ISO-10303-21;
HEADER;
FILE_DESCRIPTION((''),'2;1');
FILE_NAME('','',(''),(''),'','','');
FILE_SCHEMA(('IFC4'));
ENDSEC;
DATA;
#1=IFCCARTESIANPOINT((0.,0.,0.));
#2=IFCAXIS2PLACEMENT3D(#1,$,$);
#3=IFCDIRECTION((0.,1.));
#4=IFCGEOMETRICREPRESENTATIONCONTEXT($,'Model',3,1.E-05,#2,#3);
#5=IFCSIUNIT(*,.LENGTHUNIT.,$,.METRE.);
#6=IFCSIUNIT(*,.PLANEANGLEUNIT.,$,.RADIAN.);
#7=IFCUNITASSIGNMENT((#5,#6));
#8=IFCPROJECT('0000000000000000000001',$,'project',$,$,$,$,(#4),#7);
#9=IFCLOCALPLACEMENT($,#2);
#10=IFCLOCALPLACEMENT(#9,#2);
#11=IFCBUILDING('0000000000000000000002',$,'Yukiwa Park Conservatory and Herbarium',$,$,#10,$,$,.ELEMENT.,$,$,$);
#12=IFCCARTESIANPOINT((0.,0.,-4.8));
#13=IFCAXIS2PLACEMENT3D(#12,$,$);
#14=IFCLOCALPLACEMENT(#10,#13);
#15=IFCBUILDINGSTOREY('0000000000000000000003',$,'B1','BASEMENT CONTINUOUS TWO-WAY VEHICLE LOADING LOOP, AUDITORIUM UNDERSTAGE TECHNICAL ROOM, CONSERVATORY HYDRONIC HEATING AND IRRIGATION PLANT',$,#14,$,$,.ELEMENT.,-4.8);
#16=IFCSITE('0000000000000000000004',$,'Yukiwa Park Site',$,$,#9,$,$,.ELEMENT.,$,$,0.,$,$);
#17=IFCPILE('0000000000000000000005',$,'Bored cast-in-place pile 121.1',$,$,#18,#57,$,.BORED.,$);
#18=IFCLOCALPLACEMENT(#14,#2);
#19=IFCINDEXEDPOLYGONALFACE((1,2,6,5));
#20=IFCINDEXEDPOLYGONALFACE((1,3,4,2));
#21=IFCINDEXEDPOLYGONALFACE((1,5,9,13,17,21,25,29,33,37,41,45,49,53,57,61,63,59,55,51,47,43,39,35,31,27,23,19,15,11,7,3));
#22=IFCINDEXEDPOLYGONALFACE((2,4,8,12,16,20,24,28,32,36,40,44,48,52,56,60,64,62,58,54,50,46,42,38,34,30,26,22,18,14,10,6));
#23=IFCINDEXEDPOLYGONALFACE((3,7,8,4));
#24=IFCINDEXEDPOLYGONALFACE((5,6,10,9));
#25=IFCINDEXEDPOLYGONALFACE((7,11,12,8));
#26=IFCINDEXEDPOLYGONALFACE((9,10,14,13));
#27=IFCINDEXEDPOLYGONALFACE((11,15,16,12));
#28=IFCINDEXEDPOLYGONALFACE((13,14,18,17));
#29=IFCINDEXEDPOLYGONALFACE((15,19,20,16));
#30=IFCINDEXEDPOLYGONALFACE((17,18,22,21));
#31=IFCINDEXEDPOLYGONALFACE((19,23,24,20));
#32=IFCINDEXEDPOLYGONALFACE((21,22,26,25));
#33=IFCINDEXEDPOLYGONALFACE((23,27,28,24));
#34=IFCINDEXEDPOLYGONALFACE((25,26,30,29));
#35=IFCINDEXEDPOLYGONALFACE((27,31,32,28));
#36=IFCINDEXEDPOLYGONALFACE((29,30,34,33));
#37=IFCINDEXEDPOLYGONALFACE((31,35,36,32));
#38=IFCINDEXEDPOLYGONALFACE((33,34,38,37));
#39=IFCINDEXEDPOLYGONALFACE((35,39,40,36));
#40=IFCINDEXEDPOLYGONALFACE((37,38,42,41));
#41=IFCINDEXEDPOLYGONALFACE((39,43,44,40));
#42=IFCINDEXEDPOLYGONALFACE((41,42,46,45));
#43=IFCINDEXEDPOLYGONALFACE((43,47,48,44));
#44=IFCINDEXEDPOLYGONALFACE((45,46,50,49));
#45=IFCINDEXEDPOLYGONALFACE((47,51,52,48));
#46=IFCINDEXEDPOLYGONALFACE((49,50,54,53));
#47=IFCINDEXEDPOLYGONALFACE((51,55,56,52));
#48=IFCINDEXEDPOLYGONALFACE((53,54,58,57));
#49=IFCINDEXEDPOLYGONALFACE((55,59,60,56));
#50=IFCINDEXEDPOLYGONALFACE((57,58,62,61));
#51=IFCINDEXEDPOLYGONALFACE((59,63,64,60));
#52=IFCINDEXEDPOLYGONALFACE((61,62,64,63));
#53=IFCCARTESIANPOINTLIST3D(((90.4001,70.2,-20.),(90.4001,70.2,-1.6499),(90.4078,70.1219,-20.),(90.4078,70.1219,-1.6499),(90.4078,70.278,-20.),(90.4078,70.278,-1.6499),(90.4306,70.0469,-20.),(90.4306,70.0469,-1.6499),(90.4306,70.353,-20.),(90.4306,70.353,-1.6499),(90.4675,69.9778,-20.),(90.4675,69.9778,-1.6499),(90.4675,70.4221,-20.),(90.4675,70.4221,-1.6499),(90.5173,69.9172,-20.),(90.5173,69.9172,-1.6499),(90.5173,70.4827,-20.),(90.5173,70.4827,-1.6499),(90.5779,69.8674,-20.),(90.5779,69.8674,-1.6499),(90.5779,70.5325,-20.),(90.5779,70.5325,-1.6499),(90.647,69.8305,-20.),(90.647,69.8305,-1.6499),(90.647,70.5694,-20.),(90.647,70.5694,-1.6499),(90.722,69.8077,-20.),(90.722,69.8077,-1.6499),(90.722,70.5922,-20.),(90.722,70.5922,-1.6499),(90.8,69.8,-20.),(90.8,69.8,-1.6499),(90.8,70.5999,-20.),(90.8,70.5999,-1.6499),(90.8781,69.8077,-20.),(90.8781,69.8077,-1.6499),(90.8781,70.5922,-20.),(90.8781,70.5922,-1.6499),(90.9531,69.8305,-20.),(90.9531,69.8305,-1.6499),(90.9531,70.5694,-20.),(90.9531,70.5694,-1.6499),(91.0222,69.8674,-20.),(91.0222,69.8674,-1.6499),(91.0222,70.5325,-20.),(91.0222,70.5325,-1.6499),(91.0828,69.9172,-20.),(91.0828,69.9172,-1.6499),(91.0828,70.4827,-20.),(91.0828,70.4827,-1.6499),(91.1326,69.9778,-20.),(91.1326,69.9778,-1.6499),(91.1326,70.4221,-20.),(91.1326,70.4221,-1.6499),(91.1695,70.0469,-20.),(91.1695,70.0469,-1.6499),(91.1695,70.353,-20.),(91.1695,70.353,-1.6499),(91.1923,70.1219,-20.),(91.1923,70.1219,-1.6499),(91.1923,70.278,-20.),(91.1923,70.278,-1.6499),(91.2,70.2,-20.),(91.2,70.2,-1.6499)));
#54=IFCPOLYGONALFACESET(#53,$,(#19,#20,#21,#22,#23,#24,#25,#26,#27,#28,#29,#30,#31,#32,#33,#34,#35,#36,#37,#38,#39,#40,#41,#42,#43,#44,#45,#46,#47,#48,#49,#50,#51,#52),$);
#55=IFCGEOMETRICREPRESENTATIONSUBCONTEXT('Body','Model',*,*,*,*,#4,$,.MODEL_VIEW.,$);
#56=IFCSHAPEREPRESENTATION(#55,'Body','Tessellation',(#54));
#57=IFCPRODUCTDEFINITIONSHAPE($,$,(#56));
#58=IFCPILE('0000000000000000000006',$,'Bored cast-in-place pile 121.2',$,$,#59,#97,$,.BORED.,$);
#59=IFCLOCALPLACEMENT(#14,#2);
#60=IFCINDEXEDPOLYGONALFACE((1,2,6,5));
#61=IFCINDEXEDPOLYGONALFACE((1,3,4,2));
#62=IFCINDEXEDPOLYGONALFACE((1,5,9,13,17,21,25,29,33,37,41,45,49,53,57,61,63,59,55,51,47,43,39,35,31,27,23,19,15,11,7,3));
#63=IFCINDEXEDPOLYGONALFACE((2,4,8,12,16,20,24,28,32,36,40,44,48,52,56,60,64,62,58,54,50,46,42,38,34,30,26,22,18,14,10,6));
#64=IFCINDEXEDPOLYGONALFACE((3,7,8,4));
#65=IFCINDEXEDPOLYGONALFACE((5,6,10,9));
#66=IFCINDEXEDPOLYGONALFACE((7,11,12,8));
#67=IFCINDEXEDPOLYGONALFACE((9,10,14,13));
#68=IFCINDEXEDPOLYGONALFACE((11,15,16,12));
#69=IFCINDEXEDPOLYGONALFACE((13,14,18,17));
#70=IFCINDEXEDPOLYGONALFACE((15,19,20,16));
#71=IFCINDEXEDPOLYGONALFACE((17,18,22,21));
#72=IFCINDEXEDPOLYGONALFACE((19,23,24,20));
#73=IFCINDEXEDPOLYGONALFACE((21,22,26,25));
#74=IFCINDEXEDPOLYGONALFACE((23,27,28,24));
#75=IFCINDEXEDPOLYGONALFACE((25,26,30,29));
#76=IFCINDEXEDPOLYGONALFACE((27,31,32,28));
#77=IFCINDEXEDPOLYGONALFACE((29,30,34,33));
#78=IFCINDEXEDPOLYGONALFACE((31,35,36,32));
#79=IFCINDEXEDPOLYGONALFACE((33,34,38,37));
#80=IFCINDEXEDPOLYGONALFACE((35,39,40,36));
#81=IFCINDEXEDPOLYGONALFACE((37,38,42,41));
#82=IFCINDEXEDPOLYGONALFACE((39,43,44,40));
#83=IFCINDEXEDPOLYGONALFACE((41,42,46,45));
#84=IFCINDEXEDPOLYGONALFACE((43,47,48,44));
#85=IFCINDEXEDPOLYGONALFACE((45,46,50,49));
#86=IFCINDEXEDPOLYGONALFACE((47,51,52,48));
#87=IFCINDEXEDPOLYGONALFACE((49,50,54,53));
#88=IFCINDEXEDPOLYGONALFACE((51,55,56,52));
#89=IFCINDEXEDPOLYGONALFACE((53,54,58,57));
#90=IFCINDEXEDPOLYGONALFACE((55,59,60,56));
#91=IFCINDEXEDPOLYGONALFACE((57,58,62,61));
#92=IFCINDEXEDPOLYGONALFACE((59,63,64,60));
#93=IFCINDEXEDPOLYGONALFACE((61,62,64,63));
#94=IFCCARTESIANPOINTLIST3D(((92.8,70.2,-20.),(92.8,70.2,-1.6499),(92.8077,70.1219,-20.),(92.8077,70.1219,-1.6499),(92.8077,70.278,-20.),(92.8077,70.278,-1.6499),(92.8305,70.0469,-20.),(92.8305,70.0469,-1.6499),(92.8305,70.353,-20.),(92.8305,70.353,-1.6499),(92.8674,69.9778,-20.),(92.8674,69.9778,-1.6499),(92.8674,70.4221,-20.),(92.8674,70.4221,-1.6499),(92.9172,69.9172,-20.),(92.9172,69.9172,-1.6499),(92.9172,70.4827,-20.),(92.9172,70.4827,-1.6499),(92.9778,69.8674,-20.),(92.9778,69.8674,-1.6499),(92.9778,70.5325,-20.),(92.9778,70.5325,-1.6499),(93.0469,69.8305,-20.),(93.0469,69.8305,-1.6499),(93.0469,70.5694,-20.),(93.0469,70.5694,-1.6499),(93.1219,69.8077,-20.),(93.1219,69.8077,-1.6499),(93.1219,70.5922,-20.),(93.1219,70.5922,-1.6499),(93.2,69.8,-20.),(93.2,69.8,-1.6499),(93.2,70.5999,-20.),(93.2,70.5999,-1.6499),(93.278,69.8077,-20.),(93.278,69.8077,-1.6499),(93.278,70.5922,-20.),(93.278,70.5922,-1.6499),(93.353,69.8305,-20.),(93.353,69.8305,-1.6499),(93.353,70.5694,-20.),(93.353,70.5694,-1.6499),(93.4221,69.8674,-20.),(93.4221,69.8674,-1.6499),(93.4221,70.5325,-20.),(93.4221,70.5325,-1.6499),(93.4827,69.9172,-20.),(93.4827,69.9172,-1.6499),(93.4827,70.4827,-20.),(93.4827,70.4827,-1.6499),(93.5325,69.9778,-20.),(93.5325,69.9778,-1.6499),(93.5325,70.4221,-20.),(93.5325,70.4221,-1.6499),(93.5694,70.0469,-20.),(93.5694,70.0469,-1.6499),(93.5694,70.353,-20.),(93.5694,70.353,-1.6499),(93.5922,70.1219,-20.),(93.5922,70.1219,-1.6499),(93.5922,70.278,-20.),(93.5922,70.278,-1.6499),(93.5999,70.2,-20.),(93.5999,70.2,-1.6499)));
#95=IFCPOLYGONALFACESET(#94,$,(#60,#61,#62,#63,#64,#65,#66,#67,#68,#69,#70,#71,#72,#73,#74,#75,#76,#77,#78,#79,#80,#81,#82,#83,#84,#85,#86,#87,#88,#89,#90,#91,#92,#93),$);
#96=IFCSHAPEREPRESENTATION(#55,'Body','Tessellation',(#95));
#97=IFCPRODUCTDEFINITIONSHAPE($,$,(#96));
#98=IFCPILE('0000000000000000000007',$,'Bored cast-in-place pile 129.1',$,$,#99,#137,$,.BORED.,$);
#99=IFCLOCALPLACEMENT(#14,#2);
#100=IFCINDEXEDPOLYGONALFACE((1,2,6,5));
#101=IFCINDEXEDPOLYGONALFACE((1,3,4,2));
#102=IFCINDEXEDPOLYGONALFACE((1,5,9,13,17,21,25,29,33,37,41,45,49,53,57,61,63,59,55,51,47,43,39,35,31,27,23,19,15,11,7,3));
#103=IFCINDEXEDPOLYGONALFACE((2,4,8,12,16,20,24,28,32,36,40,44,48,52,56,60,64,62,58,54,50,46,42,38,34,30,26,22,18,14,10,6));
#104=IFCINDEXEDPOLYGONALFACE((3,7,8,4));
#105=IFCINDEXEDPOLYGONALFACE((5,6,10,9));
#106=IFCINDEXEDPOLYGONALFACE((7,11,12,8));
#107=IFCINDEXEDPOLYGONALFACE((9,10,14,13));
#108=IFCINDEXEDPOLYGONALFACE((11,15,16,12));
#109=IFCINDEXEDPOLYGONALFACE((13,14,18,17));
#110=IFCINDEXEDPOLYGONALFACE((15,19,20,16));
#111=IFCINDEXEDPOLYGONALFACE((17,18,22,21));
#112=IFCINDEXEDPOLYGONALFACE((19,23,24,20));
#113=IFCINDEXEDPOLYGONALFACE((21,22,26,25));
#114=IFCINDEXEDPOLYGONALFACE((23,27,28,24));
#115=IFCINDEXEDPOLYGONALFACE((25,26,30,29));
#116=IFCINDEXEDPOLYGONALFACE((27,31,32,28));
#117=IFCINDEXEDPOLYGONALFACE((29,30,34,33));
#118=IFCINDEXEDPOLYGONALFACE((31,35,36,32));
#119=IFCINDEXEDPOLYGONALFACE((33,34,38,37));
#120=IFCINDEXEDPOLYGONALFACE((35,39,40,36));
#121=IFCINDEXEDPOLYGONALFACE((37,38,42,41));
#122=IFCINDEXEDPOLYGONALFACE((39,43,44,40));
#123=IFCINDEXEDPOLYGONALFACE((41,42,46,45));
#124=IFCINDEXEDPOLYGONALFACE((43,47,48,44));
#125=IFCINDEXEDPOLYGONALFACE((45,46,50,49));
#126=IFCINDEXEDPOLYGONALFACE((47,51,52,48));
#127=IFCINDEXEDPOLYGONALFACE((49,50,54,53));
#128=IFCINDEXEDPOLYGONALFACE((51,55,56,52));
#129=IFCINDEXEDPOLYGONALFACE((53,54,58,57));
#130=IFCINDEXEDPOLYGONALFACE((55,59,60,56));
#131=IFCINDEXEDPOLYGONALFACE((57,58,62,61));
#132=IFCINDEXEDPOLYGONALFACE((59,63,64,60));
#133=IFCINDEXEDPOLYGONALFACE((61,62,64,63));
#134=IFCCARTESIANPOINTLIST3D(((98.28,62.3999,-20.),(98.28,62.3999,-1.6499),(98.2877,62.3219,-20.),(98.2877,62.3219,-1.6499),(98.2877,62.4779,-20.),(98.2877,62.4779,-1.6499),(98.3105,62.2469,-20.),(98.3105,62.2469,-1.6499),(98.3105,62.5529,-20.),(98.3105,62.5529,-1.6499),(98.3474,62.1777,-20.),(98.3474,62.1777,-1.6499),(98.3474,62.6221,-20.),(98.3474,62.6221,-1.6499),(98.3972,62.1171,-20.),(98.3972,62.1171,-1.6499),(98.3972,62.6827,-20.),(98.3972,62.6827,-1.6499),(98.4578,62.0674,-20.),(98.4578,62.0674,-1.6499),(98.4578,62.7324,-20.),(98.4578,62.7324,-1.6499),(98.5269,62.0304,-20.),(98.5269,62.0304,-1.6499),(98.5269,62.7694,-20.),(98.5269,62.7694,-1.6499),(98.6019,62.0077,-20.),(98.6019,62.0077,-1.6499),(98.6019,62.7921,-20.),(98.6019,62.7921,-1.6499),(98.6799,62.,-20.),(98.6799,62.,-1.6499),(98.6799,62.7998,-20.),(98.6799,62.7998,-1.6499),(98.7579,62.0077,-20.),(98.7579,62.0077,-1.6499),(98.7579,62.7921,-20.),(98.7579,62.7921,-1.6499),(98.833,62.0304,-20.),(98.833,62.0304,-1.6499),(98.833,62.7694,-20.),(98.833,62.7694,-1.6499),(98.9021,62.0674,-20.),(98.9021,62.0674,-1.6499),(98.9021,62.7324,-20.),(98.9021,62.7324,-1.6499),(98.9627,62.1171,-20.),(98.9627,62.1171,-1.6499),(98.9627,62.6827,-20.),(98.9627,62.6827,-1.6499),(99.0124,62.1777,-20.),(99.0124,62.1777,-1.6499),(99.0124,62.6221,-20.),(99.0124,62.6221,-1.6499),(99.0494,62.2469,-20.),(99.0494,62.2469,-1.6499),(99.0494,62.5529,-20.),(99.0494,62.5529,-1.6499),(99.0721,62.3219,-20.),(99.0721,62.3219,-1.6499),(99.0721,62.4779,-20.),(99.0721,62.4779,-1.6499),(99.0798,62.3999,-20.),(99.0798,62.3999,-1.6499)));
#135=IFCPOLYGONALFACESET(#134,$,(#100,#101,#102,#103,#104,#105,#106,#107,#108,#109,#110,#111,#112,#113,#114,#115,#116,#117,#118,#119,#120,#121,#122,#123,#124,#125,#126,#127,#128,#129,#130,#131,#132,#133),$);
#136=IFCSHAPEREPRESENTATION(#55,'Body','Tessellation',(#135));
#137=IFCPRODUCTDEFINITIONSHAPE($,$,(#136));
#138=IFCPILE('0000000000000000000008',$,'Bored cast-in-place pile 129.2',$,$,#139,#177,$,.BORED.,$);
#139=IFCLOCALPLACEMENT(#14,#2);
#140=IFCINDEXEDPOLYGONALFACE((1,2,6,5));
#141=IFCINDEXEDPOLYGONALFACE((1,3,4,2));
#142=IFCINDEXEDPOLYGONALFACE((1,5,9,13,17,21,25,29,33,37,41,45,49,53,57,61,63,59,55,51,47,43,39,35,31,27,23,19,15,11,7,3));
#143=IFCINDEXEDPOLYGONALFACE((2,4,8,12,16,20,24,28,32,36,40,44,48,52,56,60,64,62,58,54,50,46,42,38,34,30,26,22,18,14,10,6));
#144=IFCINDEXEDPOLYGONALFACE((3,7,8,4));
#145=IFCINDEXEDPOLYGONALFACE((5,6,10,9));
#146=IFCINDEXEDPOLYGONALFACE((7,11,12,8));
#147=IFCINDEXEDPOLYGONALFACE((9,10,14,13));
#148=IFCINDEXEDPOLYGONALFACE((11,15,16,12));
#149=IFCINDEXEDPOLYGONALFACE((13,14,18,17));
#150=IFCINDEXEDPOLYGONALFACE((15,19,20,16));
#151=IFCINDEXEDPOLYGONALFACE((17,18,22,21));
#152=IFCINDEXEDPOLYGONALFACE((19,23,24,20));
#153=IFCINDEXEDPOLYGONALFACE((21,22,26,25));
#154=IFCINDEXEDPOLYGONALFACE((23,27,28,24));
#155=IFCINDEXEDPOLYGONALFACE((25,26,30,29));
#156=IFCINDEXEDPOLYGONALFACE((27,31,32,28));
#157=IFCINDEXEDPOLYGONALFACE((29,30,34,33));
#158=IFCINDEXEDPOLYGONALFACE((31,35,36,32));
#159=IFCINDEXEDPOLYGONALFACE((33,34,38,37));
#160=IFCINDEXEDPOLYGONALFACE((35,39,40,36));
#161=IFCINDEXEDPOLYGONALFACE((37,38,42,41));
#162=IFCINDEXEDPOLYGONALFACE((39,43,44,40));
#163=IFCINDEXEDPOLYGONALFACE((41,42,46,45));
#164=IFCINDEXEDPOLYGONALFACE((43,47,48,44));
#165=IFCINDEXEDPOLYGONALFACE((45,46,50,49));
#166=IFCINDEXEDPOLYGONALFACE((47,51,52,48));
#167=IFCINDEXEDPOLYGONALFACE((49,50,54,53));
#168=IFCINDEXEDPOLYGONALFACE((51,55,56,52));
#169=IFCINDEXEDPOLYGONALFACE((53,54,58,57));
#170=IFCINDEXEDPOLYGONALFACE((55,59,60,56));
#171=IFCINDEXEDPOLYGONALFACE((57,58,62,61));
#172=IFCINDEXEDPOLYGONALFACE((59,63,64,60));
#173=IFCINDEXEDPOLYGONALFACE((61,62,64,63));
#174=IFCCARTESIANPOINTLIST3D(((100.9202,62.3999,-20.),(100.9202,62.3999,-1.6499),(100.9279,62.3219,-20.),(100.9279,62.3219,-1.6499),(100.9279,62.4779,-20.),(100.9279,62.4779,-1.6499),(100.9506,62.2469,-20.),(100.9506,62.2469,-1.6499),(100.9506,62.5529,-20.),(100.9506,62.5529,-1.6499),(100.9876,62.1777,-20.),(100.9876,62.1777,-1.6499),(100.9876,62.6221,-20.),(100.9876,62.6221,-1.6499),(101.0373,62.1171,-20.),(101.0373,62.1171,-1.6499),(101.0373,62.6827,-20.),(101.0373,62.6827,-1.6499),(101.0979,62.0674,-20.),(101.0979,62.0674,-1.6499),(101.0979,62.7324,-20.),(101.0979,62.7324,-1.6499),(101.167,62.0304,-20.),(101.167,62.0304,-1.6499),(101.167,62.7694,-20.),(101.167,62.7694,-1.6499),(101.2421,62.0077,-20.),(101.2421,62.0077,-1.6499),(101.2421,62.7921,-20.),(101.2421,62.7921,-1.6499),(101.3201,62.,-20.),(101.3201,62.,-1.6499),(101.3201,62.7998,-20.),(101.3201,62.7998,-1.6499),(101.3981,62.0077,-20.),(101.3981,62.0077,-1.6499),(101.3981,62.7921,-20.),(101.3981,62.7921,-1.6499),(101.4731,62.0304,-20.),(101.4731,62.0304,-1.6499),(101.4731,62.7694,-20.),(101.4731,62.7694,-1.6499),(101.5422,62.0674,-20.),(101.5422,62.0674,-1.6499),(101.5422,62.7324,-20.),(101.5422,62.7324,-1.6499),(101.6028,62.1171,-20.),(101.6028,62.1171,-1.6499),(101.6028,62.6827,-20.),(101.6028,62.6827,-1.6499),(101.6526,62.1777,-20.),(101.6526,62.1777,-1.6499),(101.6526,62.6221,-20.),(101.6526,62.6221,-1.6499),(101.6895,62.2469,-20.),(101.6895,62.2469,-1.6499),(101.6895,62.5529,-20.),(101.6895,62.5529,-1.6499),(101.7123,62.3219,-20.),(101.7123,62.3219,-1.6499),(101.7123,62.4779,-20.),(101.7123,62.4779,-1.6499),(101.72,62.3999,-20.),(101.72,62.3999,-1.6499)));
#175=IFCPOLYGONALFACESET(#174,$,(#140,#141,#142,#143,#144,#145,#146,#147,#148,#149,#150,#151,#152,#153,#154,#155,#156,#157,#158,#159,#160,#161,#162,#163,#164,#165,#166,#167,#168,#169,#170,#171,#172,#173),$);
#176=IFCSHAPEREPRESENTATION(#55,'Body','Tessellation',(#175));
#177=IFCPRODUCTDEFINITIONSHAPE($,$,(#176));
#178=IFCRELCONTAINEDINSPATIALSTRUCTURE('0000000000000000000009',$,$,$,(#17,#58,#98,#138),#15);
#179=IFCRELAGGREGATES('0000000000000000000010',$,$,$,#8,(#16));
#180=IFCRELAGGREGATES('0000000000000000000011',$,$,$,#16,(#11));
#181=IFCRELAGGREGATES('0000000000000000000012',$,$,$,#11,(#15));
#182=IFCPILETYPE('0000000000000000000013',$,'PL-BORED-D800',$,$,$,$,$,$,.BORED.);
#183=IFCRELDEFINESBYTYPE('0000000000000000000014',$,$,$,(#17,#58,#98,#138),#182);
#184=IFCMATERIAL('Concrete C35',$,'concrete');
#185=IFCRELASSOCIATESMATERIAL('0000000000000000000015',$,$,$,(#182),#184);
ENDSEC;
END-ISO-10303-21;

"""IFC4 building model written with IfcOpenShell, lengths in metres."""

from ifc_helpers import new_model, si_unit, direction, frame, origin, origin_2d, place, context, subcontext, project, spatial, circle, extrude, material, material_profile, profile_set, type_object, element, save


model = new_model("IFC4")

# Units and contexts
model_context = context("Model", 3, precision=1e-05, world=origin(), true_north=direction((0.0, 1.0)))
body_context = subcontext(model_context, "Body", "Model", "MODEL_VIEW")
ifc_project = project(units=[si_unit("LENGTHUNIT", "METRE"), si_unit("PLANEANGLEUNIT", "RADIAN")], contexts=[model_context])

# Site, building, storey
site_placement = place(None, origin())
site = spatial("IfcSite", under=ifc_project, at=site_placement, Name="Yukiwa Park Site", CompositionType="ELEMENT", RefElevation=0.0)
building_placement = place(site_placement, origin())
building = spatial("IfcBuilding", under=site, at=building_placement, Name="Yukiwa Park Conservatory and Herbarium", CompositionType="ELEMENT")
storey_placement = place(building_placement, frame((0.0, 0.0, -4.8)))
storey = spatial("IfcBuildingStorey", under=building, at=storey_placement, Name="B1", Description="BASEMENT CONTINUOUS TWO-WAY VEHICLE LOADING LOOP, AUDITORIUM UNDERSTAGE TECHNICAL ROOM, CONSERVATORY HYDRONIC HEATING AND IRRIGATION PLANT", CompositionType="ELEMENT", Elevation=-4.8)

# Piles
ifc_material_1 = material(Name="Concrete C35", Category="concrete")
ifc_material_profile_1 = material_profile(ifc_material_1, circle(Radius=0.3999, at=origin_2d()), Name="PILE D800")
ifc_profile_set_1 = profile_set([ifc_material_profile_1], Name="Concrete C35")
pile_type_1 = type_object("IfcPileType", Name="PL-BORED-D800", PredefinedType="BORED", material=ifc_profile_set_1)
for number, where, z_axis, x_axis, name in (
    (1, (90.8, 70.2, -1.6499), (0.0, 0.0, -1.0), (1.0, 0.0, 0.0), "Bored cast-in-place pile 121.1"),
    (2, (93.2, 70.2, -1.6499), (0.0, 0.0, -1.0), (1.0, 0.0, 0.0), "Bored cast-in-place pile 121.2"),
    (3, (98.6799, 62.3999, -1.6499), (0.0, 0.0, -1.0), (1.0, 0.0, 0.0), "Bored cast-in-place pile 129.1"),
    (4, (101.3201, 62.3999, -1.6499), (0.0, 0.0, -1.0), (1.0, 0.0, 0.0), "Bored cast-in-place pile 129.2"),
):
    element("IfcPile", number, at=place(storey_placement, frame(where, z_axis=z_axis, x_axis=x_axis)), inside=storey, type_object=pile_type_1, Name=name, PredefinedType="BORED", context=body_context, shape_type="SweptSolid", body=[
        extrude(circle(Radius=0.3999, at=origin_2d()), origin(), (0.0, 0.0, 1.0), 18.3501),
    ])

save(model, "model.ifc")
